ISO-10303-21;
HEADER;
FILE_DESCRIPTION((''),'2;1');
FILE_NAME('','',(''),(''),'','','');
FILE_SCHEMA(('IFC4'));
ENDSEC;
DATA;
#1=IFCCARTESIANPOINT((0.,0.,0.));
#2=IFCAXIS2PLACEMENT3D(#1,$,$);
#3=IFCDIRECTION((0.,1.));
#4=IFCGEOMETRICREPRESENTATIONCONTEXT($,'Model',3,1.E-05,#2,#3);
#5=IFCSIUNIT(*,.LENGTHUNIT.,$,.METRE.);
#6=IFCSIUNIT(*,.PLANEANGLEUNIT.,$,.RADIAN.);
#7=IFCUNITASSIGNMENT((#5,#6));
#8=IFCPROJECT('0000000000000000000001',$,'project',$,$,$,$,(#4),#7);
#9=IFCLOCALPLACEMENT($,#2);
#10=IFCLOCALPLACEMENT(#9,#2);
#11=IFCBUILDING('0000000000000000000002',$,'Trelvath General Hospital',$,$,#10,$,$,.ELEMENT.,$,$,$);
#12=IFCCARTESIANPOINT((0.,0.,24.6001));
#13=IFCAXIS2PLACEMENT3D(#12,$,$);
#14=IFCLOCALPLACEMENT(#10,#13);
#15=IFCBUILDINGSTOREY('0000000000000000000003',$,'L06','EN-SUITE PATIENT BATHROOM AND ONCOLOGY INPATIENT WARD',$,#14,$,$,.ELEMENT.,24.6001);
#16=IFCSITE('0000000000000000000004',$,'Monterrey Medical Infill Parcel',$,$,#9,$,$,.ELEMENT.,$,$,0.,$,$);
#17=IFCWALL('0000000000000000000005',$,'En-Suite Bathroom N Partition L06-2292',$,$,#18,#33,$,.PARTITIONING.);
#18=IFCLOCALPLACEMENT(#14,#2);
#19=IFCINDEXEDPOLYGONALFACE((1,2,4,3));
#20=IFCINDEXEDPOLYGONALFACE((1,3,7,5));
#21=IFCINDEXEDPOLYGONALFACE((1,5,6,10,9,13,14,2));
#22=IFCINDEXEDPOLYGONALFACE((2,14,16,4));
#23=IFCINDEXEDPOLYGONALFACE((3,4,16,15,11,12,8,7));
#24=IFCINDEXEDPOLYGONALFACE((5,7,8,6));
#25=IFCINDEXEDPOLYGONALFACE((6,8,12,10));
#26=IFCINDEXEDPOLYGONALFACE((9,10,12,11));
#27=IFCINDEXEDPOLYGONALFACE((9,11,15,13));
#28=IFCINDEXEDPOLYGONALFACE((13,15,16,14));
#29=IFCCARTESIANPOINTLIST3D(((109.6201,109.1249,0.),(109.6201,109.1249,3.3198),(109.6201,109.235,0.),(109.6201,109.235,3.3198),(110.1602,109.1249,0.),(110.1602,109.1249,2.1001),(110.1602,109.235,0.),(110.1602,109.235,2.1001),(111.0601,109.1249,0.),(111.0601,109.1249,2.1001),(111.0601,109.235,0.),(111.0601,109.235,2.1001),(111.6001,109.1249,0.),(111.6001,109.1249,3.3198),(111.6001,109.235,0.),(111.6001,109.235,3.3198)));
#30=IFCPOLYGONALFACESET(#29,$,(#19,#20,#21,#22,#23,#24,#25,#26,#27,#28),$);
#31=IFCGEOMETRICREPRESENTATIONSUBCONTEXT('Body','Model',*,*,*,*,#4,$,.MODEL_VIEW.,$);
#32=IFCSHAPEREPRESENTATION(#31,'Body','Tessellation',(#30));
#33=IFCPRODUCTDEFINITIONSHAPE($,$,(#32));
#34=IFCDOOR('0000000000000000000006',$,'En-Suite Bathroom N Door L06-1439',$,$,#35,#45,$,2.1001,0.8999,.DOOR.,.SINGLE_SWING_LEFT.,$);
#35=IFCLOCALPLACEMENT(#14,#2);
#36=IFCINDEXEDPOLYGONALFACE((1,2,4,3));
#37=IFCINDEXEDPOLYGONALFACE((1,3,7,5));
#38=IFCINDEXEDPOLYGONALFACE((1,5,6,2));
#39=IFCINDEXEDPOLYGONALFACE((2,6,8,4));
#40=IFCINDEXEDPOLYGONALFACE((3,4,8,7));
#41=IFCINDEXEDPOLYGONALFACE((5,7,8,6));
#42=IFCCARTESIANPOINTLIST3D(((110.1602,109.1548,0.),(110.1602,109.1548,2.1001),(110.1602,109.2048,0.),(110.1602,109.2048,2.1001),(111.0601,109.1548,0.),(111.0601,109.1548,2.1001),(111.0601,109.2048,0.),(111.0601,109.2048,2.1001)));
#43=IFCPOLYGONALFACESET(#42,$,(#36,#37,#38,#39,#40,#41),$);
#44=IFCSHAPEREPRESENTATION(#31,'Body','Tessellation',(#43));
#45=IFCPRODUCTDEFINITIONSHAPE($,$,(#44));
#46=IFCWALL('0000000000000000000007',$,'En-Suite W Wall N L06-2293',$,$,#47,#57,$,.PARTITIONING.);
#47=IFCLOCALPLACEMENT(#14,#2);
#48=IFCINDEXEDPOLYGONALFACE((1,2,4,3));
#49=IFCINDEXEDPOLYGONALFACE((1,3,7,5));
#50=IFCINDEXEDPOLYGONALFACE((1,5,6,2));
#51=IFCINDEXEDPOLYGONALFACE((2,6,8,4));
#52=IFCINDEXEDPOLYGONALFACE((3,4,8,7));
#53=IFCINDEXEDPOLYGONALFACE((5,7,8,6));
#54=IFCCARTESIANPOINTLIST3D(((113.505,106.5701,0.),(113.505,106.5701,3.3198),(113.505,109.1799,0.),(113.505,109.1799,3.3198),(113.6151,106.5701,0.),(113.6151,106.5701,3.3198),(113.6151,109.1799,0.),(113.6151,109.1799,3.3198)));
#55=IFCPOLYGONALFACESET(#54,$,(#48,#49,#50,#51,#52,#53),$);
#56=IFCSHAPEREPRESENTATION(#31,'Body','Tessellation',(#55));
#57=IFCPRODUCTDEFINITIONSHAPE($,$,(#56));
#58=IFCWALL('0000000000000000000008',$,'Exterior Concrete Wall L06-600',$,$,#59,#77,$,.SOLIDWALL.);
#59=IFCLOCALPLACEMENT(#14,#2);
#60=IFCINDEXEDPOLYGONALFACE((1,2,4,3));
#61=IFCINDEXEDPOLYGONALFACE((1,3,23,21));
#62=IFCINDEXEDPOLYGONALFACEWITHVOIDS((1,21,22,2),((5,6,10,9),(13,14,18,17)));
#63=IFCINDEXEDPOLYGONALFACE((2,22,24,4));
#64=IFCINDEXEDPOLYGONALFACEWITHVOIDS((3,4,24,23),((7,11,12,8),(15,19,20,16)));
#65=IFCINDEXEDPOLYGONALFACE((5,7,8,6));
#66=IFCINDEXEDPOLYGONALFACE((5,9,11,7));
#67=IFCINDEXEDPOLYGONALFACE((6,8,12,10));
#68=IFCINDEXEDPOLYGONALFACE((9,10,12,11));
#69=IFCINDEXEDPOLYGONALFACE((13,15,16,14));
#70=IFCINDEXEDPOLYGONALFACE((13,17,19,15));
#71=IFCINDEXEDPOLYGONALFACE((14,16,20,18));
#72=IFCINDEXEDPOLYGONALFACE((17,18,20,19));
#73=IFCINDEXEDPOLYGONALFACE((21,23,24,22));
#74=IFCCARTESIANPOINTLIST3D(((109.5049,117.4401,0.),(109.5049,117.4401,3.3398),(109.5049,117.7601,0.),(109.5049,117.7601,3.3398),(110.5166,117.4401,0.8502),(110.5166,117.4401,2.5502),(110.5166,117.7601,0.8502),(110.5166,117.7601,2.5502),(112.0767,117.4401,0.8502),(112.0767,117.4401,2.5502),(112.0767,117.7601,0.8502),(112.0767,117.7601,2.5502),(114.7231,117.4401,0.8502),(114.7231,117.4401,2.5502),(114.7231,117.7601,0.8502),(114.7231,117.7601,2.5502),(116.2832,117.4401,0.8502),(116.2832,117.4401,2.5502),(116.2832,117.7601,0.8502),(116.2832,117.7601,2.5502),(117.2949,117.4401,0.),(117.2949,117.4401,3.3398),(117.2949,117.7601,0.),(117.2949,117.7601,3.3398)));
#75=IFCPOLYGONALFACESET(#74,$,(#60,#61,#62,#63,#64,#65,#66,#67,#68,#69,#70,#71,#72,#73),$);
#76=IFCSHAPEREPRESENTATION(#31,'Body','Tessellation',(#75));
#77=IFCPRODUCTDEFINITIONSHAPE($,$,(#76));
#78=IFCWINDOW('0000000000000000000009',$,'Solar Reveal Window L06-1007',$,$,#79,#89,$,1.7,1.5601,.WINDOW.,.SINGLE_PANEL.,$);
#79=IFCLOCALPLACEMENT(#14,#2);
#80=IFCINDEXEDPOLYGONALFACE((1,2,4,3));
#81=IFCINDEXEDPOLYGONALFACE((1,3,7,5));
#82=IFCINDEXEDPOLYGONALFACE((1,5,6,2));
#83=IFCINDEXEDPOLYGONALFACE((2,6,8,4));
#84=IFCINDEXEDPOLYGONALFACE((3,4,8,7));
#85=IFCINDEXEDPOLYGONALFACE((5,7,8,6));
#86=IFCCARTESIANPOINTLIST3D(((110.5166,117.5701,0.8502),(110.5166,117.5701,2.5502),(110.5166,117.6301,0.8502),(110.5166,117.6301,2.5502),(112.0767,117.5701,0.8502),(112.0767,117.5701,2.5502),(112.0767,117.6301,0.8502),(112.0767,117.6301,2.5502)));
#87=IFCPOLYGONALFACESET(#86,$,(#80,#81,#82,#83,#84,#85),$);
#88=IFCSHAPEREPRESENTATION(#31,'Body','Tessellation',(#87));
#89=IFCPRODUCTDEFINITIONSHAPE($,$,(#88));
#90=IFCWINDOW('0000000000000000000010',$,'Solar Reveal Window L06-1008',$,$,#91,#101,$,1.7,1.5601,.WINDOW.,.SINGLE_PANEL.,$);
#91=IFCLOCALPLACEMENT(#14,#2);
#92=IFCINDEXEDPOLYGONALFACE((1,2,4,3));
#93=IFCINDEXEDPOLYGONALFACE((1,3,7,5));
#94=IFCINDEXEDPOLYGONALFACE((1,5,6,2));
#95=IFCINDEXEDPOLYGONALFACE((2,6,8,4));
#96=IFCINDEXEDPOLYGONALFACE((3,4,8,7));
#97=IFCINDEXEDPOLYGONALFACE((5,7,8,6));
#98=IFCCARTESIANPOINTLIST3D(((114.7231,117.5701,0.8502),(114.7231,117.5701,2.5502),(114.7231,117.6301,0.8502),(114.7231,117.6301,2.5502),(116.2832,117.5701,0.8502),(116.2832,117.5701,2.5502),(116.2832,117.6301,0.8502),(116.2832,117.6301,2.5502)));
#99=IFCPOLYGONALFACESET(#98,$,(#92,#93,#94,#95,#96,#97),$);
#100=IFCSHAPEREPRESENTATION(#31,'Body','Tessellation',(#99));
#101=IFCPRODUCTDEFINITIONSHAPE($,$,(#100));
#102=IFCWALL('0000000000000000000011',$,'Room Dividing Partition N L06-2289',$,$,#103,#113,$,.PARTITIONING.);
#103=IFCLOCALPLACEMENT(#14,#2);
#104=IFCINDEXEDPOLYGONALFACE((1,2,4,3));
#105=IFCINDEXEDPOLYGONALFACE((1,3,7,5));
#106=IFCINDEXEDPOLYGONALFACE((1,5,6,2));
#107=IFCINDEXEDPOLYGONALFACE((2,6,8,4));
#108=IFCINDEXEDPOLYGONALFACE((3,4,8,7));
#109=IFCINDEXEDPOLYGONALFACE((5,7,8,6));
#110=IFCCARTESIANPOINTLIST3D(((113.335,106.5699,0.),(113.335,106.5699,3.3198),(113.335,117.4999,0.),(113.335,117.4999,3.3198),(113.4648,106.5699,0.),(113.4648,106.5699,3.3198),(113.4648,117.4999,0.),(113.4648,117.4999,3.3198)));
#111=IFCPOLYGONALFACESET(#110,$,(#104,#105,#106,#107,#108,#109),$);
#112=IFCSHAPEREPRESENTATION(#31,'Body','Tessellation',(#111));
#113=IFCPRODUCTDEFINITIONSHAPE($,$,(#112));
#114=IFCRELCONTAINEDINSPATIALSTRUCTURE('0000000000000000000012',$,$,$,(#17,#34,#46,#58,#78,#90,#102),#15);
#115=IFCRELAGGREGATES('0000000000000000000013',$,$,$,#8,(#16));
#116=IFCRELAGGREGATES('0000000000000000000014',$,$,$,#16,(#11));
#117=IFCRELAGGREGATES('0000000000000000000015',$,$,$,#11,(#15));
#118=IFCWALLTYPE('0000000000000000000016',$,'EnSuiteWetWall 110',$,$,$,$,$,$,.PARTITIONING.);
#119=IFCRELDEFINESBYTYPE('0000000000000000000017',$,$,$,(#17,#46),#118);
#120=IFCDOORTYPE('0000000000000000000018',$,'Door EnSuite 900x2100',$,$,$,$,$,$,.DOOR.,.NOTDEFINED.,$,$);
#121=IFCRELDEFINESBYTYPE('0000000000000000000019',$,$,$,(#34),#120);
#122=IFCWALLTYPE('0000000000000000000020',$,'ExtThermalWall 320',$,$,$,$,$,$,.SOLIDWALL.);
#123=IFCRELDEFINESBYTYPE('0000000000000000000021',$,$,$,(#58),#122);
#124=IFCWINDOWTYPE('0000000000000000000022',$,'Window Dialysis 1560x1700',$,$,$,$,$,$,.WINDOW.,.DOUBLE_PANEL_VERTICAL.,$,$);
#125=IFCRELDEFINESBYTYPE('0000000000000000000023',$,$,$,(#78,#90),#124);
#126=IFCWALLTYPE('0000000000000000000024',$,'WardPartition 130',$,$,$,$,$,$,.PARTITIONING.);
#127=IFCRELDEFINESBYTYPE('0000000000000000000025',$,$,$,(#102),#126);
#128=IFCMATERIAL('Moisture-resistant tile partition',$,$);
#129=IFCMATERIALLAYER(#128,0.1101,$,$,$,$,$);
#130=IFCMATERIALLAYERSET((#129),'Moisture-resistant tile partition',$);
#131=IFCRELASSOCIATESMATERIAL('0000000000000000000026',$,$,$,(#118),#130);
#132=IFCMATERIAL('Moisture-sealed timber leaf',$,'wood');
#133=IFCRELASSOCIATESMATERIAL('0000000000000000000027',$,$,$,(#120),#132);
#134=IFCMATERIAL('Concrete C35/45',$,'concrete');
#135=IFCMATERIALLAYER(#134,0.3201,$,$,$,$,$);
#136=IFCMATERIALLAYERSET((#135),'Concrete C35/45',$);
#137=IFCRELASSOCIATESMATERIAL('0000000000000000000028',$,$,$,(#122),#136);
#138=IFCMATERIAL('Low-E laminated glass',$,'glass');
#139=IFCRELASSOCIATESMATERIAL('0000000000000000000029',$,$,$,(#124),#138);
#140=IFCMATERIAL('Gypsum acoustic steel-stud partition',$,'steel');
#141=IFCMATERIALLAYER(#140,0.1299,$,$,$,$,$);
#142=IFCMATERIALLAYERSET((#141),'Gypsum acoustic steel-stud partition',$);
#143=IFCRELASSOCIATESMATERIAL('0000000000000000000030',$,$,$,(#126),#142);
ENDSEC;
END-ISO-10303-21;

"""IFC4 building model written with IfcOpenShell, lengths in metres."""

from ifc_helpers import new_model, si_unit, direction, frame, frame_2d, origin, place, context, subcontext, project, spatial, rectangle, extrude, material, layer, layer_set, type_object, element, fill, save


model = new_model("IFC4")

# Units and contexts
model_context = context("Model", 3, precision=1e-05, world=origin(), true_north=direction((0.0, 1.0)))
body_context = subcontext(model_context, "Body", "Model", "MODEL_VIEW")
ifc_project = project(units=[si_unit("LENGTHUNIT", "METRE"), si_unit("PLANEANGLEUNIT", "RADIAN")], contexts=[model_context])

# Site, building, storey
site_placement = place(None, origin())
site = spatial("IfcSite", under=ifc_project, at=site_placement, Name="Monterrey Medical Infill Parcel", CompositionType="ELEMENT", RefElevation=0.0)
building_placement = place(site_placement, origin())
building = spatial("IfcBuilding", under=site, at=building_placement, Name="Trelvath General Hospital", CompositionType="ELEMENT")
storey_placement = place(building_placement, frame((0.0, 0.0, 24.6001)))
storey = spatial("IfcBuildingStorey", under=building, at=storey_placement, Name="L06", Description="EN-SUITE PATIENT BATHROOM AND ONCOLOGY INPATIENT WARD", CompositionType="ELEMENT", Elevation=24.6001)

# Shared definitions
ifc_material_1 = material(Name="Moisture-resistant tile partition")
ifc_layer_1 = layer(ifc_material_1, 0.1101)
ifc_layer_set_1 = layer_set([ifc_layer_1], Name="Moisture-resistant tile partition")
wall_type_1 = type_object("IfcWallType", Name="EnSuiteWetWall 110", PredefinedType="PARTITIONING", material=ifc_layer_set_1)

# Shared definitions
ifc_material_2 = material(Name="Moisture-sealed timber leaf", Category="wood")
door_type = type_object("IfcDoorType", Name="Door EnSuite 900x2100", OperationType="NOTDEFINED", PredefinedType="DOOR", material=ifc_material_2)

# Wall, opening, door
wall_1_placement = place(storey_placement, frame((109.6201, 109.1799, 0.0), z_axis=(0.0, 0.0, 1.0), x_axis=(1.0, 0.0, 0.0)))
wall_1 = element("IfcWall", 1, at=wall_1_placement, inside=storey, type_object=wall_type_1, Name="En-Suite Bathroom N Partition L06-2292", PredefinedType="PARTITIONING", context=body_context, shape_type="SweptSolid", body=[
    extrude(rectangle(XDim=1.98, YDim=0.1101, at=frame_2d((0.99, 0.0))), origin(), (0.0, 0.0, 1.0), 3.3198),
])
opening_1_placement = place(wall_1_placement, frame((0.54, 0.0, 0.0)))
opening_1 = element("IfcOpeningElement", 2, at=opening_1_placement, cuts=wall_1, PredefinedType="OPENING", context=body_context, shape_type="SweptSolid", body=[
    extrude(rectangle(XDim=0.8999, YDim=2.1001, at=frame_2d((0.45, 1.05))), frame((0.0, 0.0649, 0.0), z_axis=(0.0, -1.0, 0.0), x_axis=(1.0, 0.0, 0.0)), (0.0, 0.0, 1.0), 0.1301),
])
door_1_placement = place(opening_1_placement, origin())
door_1 = element("IfcDoor", 3, at=door_1_placement, inside=storey, type_object=door_type, Name="En-Suite Bathroom N Door L06-1439", OperationType="SINGLE_SWING_LEFT", OverallHeight=2.1001, OverallWidth=0.8999, PredefinedType="DOOR", context=body_context, shape_type="SweptSolid", body=[
    extrude(rectangle(XDim=0.8999, YDim=2.1001, at=frame_2d((0.45, 1.05))), frame((0.0, 0.0249, 0.0), z_axis=(0.0, -1.0, 0.0), x_axis=(1.0, 0.0, 0.0)), (0.0, 0.0, 1.0), 0.05),
])
fill(opening_1, door_1)

# Wall
wall_2_placement = place(storey_placement, frame((113.5601, 106.5701, 0.0), z_axis=(0.0, 0.0, 1.0), x_axis=(0.0, 1.0, 0.0)))
element("IfcWall", 4, at=wall_2_placement, inside=storey, type_object=wall_type_1, Name="En-Suite W Wall N L06-2293", PredefinedType="PARTITIONING", context=body_context, shape_type="SweptSolid", body=[
    extrude(rectangle(XDim=2.6099, YDim=0.1101, at=frame_2d((1.3049, 0.0))), origin(), (0.0, 0.0, 1.0), 3.3198),
])

# Wall, openings, windows
ifc_material_3 = material(Name="Concrete C35/45", Category="concrete")
ifc_layer_2 = layer(ifc_material_3, 0.3201)
ifc_layer_set_2 = layer_set([ifc_layer_2], Name="Concrete C35/45")
wall_type_2 = type_object("IfcWallType", Name="ExtThermalWall 320", PredefinedType="SOLIDWALL", material=ifc_layer_set_2)
wall_3_placement = place(storey_placement, frame((109.5049, 117.6001, 0.0), z_axis=(0.0, 0.0, 1.0), x_axis=(1.0, 0.0, 0.0)))
wall_3 = element("IfcWall", 5, at=wall_3_placement, inside=storey, type_object=wall_type_2, Name="Exterior Concrete Wall L06-600", PredefinedType="SOLIDWALL", context=body_context, shape_type="SweptSolid", body=[
    extrude(rectangle(XDim=7.79, YDim=0.3201, at=frame_2d((3.895, 0.0))), origin(), (0.0, 0.0, 1.0), 3.3398),
])
opening_2_placement = place(wall_3_placement, frame((1.0117, 0.0, 0.8501)))
opening_2 = element("IfcOpeningElement", 6, at=opening_2_placement, cuts=wall_3, PredefinedType="OPENING", context=body_context, shape_type="SweptSolid", body=[
    extrude(rectangle(XDim=1.5601, YDim=1.7, at=frame_2d((0.78, 0.8501))), frame((0.0, 0.1699, 0.0), z_axis=(0.0, -1.0, 0.0), x_axis=(1.0, 0.0, 0.0)), (0.0, 0.0, 1.0), 0.3401),
])
opening_3_placement = place(wall_3_placement, frame((5.2183, 0.0, 0.8501)))
opening_3 = element("IfcOpeningElement", 7, at=opening_3_placement, cuts=wall_3, PredefinedType="OPENING", context=body_context, shape_type="SweptSolid", body=[
    extrude(rectangle(XDim=1.5601, YDim=1.7, at=frame_2d((0.78, 0.8501))), frame((0.0, 0.1699, 0.0), z_axis=(0.0, -1.0, 0.0), x_axis=(1.0, 0.0, 0.0)), (0.0, 0.0, 1.0), 0.3401),
])
ifc_material_4 = material(Name="Low-E laminated glass", Category="glass")
window_type = type_object("IfcWindowType", Name="Window Dialysis 1560x1700", PartitioningType="DOUBLE_PANEL_VERTICAL", PredefinedType="WINDOW", material=ifc_material_4)
window_1_placement = place(opening_2_placement, origin())
window_1 = element("IfcWindow", 8, at=window_1_placement, inside=storey, type_object=window_type, Name="Solar Reveal Window L06-1007", OverallHeight=1.7, OverallWidth=1.5601, PartitioningType="SINGLE_PANEL", PredefinedType="WINDOW", context=body_context, shape_type="SweptSolid", body=[
    extrude(rectangle(XDim=1.5601, YDim=1.7, at=frame_2d((0.78, 0.8501))), frame((0.0, 0.03, 0.0), z_axis=(0.0, -1.0, 0.0), x_axis=(1.0, 0.0, 0.0)), (0.0, 0.0, 1.0), 0.0601),
])
fill(opening_2, window_1)
window_2_placement = place(opening_3_placement, origin())
window_2 = element("IfcWindow", 9, at=window_2_placement, inside=storey, type_object=window_type, Name="Solar Reveal Window L06-1008", OverallHeight=1.7, OverallWidth=1.5601, PartitioningType="SINGLE_PANEL", PredefinedType="WINDOW", context=body_context, shape_type="SweptSolid", body=[
    extrude(rectangle(XDim=1.5601, YDim=1.7, at=frame_2d((0.78, 0.8501))), frame((0.0, 0.03, 0.0), z_axis=(0.0, -1.0, 0.0), x_axis=(1.0, 0.0, 0.0)), (0.0, 0.0, 1.0), 0.0601),
])
fill(opening_3, window_2)

# Wall
ifc_material_5 = material(Name="Gypsum acoustic steel-stud partition", Category="steel")
ifc_layer_3 = layer(ifc_material_5, 0.1299)
ifc_layer_set_3 = layer_set([ifc_layer_3], Name="Gypsum acoustic steel-stud partition")
wall_type_3 = type_object("IfcWallType", Name="WardPartition 130", PredefinedType="PARTITIONING", material=ifc_layer_set_3)
wall_4_placement = place(storey_placement, frame((113.3999, 106.5701, 0.0), z_axis=(0.0, 0.0, 1.0), x_axis=(0.0, 1.0, 0.0)))
element("IfcWall", 10, at=wall_4_placement, inside=storey, type_object=wall_type_3, Name="Room Dividing Partition N L06-2289", PredefinedType="PARTITIONING", context=body_context, shape_type="SweptSolid", body=[
    extrude(rectangle(XDim=10.9299, YDim=0.1299, at=frame_2d((5.4648, 0.0))), origin(), (0.0, 0.0, 1.0), 3.3198),
])

save(model, "model.ifc")
